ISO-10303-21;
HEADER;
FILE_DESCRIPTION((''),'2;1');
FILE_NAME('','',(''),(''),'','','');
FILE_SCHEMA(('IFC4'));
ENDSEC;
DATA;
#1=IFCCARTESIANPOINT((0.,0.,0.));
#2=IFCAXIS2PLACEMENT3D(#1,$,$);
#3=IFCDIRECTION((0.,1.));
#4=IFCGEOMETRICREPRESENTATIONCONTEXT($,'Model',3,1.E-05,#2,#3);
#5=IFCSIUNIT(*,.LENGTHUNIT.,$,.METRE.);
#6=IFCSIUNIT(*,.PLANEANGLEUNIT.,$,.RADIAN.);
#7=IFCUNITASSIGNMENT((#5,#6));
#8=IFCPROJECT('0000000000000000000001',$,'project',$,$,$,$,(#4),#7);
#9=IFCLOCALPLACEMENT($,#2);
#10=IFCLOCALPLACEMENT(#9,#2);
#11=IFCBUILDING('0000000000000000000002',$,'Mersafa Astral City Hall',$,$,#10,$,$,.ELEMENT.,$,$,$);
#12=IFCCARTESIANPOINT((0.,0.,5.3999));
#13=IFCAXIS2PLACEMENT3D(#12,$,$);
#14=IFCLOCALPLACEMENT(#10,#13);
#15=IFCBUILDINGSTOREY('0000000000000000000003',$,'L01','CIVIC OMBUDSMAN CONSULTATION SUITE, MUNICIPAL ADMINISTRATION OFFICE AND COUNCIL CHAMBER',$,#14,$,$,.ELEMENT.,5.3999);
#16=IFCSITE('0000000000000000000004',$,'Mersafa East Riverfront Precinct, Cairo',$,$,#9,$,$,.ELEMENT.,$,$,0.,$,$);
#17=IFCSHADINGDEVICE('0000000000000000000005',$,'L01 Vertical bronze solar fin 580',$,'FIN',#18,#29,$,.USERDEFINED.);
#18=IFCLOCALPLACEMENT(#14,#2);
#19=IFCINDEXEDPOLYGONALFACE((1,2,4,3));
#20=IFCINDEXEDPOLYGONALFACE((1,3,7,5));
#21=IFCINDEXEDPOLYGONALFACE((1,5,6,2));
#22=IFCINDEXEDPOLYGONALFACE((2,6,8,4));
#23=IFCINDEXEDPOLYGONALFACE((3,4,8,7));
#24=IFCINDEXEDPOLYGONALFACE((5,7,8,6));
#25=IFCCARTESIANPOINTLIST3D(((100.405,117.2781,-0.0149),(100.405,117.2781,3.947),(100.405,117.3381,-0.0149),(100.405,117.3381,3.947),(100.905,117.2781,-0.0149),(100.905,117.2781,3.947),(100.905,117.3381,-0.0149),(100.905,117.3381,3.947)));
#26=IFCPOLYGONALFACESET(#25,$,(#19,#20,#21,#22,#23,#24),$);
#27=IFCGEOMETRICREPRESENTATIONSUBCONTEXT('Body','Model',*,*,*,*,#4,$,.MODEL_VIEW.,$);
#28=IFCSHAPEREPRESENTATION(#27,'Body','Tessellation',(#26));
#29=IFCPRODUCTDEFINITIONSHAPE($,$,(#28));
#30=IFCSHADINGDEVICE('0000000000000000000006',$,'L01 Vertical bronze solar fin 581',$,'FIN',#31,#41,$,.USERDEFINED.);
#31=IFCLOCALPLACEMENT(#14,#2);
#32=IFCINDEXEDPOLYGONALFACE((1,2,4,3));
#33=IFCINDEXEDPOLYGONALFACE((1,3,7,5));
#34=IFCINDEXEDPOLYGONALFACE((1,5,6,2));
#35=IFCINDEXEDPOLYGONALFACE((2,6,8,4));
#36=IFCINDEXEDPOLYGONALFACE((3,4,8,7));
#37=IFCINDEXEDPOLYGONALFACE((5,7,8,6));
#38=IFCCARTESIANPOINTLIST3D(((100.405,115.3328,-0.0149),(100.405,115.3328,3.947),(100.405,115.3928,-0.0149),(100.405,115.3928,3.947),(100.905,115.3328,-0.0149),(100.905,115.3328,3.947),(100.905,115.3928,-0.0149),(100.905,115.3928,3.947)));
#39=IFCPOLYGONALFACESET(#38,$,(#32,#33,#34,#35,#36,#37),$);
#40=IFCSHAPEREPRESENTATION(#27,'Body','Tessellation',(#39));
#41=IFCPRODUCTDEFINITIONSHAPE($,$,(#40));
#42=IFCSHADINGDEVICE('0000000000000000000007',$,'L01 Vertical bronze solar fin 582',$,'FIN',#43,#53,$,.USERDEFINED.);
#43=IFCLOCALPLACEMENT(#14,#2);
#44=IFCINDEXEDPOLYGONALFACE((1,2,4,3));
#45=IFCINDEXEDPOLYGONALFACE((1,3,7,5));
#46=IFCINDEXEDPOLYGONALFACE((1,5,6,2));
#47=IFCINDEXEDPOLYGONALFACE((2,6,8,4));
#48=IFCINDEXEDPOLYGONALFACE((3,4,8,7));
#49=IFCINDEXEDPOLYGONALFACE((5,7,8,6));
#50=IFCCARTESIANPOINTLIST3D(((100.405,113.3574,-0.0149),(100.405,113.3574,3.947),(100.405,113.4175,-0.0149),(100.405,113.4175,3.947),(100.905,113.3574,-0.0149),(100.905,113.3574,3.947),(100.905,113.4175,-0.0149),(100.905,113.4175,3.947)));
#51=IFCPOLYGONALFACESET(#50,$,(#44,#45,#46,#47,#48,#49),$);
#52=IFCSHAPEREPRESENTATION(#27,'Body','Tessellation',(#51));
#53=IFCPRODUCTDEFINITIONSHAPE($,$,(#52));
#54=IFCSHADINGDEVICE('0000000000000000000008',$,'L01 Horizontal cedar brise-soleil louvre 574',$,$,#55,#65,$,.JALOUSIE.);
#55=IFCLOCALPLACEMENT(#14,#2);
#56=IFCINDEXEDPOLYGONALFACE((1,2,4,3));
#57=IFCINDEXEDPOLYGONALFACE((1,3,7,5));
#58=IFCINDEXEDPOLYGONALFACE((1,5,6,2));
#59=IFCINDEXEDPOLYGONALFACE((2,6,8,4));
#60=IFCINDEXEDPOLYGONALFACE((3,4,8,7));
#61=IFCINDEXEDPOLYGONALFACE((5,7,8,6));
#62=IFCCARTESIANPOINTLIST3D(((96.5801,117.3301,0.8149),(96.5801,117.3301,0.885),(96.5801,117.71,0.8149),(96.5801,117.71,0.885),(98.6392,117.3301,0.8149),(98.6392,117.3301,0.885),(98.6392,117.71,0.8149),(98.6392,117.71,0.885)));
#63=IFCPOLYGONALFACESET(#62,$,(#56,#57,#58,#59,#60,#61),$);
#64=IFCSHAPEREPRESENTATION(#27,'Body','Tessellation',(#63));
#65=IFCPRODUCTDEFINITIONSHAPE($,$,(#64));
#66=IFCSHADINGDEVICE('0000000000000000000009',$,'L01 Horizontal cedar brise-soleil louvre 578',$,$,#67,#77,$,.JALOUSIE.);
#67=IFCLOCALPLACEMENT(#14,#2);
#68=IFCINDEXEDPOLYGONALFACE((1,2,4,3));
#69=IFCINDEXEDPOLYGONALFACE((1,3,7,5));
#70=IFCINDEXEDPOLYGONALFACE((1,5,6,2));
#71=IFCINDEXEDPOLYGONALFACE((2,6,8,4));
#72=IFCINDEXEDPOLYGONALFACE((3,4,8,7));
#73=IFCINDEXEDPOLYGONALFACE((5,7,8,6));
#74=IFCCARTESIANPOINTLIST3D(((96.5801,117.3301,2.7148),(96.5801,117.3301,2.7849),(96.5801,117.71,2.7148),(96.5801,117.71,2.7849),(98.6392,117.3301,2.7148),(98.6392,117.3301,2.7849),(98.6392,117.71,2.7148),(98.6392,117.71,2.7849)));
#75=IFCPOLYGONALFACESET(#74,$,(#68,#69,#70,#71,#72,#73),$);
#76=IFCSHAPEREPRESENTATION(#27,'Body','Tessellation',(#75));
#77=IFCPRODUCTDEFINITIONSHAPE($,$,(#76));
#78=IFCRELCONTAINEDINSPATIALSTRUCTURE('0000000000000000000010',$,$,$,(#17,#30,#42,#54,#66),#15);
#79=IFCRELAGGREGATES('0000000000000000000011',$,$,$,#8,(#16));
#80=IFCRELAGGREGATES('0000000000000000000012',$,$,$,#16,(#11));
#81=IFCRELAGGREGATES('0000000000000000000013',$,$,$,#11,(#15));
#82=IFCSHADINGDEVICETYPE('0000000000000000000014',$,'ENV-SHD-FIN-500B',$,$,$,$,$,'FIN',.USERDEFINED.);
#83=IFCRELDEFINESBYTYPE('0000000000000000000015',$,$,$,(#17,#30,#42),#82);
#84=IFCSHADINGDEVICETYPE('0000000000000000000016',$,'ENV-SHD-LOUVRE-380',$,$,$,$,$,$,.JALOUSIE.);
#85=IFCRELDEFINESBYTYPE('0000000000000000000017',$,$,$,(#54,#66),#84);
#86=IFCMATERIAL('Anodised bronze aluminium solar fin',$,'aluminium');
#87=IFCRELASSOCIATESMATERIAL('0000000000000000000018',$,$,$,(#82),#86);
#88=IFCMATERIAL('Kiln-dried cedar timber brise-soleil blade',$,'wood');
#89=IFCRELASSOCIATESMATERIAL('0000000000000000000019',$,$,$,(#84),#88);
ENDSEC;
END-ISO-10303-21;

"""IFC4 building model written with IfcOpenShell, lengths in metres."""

from ifc_helpers import new_model, si_unit, direction, frame, origin, origin_2d, place, context, subcontext, project, spatial, rectangle, extrude, material, type_object, element, save


model = new_model("IFC4")

# Units and contexts
model_context = context("Model", 3, precision=1e-05, world=origin(), true_north=direction((0.0, 1.0)))
body_context = subcontext(model_context, "Body", "Model", "MODEL_VIEW")
ifc_project = project(units=[si_unit("LENGTHUNIT", "METRE"), si_unit("PLANEANGLEUNIT", "RADIAN")], contexts=[model_context])

# Site, building, storey
site_placement = place(None, origin())
site = spatial("IfcSite", under=ifc_project, at=site_placement, Name="Mersafa East Riverfront Precinct, Cairo", CompositionType="ELEMENT", RefElevation=0.0)
building_placement = place(site_placement, origin())
building = spatial("IfcBuilding", under=site, at=building_placement, Name="Mersafa Astral City Hall", CompositionType="ELEMENT")
storey_placement = place(building_placement, frame((0.0, 0.0, 5.3999)))
storey = spatial("IfcBuildingStorey", under=building, at=storey_placement, Name="L01", Description="CIVIC OMBUDSMAN CONSULTATION SUITE, MUNICIPAL ADMINISTRATION OFFICE AND COUNCIL CHAMBER", CompositionType="ELEMENT", Elevation=5.3999)

# Shading devices
ifc_material_1 = material(Name="Anodised bronze aluminium solar fin", Category="aluminium")
shading_device_type_1 = type_object("IfcShadingDeviceType", Name="ENV-SHD-FIN-500B", ElementType="FIN", PredefinedType="USERDEFINED", material=ifc_material_1)
for number, where, z_axis, x_axis, name in (
    (1, (100.655, 117.3081, -0.0149), (0.0, 0.0, 1.0), (0.0, -1.0, 0.0), "L01 Vertical bronze solar fin 580"),
    (2, (100.655, 115.3628, -0.0149), (0.0, 0.0, 1.0), (0.0, -1.0, 0.0), "L01 Vertical bronze solar fin 581"),
    (3, (100.655, 113.3875, -0.0149), (0.0, 0.0, 1.0), (0.0, -1.0, 0.0), "L01 Vertical bronze solar fin 582"),
):
    element("IfcShadingDevice", number, at=place(storey_placement, frame(where, z_axis=z_axis, x_axis=x_axis)), inside=storey, type_object=shading_device_type_1, Name=name, ObjectType="FIN", PredefinedType="USERDEFINED", context=body_context, shape_type="SweptSolid", body=[
        extrude(rectangle(XDim=0.0601, YDim=0.5, at=origin_2d()), origin(), (0.0, 0.0, 1.0), 3.9619),
    ])
ifc_material_2 = material(Name="Kiln-dried cedar timber brise-soleil blade", Category="wood")
shading_device_type_2 = type_object("IfcShadingDeviceType", Name="ENV-SHD-LOUVRE-380", PredefinedType="JALOUSIE", material=ifc_material_2)
for number, where, z_axis, x_axis, name in (
    (4, (97.6096, 117.52, 0.8149), (0.0, 0.0, 1.0), (1.0, 0.0, 0.0), "L01 Horizontal cedar brise-soleil louvre 574"),
    (5, (97.6096, 117.52, 2.7148), (0.0, 0.0, 1.0), (1.0, 0.0, 0.0), "L01 Horizontal cedar brise-soleil louvre 578"),
):
    element("IfcShadingDevice", number, at=place(storey_placement, frame(where, z_axis=z_axis, x_axis=x_axis)), inside=storey, type_object=shading_device_type_2, Name=name, PredefinedType="JALOUSIE", context=body_context, shape_type="SweptSolid", body=[
        extrude(rectangle(XDim=2.0591, YDim=0.3799, at=origin_2d()), origin(), (0.0, 0.0, 1.0), 0.0701),
    ])

save(model, "model.ifc")
